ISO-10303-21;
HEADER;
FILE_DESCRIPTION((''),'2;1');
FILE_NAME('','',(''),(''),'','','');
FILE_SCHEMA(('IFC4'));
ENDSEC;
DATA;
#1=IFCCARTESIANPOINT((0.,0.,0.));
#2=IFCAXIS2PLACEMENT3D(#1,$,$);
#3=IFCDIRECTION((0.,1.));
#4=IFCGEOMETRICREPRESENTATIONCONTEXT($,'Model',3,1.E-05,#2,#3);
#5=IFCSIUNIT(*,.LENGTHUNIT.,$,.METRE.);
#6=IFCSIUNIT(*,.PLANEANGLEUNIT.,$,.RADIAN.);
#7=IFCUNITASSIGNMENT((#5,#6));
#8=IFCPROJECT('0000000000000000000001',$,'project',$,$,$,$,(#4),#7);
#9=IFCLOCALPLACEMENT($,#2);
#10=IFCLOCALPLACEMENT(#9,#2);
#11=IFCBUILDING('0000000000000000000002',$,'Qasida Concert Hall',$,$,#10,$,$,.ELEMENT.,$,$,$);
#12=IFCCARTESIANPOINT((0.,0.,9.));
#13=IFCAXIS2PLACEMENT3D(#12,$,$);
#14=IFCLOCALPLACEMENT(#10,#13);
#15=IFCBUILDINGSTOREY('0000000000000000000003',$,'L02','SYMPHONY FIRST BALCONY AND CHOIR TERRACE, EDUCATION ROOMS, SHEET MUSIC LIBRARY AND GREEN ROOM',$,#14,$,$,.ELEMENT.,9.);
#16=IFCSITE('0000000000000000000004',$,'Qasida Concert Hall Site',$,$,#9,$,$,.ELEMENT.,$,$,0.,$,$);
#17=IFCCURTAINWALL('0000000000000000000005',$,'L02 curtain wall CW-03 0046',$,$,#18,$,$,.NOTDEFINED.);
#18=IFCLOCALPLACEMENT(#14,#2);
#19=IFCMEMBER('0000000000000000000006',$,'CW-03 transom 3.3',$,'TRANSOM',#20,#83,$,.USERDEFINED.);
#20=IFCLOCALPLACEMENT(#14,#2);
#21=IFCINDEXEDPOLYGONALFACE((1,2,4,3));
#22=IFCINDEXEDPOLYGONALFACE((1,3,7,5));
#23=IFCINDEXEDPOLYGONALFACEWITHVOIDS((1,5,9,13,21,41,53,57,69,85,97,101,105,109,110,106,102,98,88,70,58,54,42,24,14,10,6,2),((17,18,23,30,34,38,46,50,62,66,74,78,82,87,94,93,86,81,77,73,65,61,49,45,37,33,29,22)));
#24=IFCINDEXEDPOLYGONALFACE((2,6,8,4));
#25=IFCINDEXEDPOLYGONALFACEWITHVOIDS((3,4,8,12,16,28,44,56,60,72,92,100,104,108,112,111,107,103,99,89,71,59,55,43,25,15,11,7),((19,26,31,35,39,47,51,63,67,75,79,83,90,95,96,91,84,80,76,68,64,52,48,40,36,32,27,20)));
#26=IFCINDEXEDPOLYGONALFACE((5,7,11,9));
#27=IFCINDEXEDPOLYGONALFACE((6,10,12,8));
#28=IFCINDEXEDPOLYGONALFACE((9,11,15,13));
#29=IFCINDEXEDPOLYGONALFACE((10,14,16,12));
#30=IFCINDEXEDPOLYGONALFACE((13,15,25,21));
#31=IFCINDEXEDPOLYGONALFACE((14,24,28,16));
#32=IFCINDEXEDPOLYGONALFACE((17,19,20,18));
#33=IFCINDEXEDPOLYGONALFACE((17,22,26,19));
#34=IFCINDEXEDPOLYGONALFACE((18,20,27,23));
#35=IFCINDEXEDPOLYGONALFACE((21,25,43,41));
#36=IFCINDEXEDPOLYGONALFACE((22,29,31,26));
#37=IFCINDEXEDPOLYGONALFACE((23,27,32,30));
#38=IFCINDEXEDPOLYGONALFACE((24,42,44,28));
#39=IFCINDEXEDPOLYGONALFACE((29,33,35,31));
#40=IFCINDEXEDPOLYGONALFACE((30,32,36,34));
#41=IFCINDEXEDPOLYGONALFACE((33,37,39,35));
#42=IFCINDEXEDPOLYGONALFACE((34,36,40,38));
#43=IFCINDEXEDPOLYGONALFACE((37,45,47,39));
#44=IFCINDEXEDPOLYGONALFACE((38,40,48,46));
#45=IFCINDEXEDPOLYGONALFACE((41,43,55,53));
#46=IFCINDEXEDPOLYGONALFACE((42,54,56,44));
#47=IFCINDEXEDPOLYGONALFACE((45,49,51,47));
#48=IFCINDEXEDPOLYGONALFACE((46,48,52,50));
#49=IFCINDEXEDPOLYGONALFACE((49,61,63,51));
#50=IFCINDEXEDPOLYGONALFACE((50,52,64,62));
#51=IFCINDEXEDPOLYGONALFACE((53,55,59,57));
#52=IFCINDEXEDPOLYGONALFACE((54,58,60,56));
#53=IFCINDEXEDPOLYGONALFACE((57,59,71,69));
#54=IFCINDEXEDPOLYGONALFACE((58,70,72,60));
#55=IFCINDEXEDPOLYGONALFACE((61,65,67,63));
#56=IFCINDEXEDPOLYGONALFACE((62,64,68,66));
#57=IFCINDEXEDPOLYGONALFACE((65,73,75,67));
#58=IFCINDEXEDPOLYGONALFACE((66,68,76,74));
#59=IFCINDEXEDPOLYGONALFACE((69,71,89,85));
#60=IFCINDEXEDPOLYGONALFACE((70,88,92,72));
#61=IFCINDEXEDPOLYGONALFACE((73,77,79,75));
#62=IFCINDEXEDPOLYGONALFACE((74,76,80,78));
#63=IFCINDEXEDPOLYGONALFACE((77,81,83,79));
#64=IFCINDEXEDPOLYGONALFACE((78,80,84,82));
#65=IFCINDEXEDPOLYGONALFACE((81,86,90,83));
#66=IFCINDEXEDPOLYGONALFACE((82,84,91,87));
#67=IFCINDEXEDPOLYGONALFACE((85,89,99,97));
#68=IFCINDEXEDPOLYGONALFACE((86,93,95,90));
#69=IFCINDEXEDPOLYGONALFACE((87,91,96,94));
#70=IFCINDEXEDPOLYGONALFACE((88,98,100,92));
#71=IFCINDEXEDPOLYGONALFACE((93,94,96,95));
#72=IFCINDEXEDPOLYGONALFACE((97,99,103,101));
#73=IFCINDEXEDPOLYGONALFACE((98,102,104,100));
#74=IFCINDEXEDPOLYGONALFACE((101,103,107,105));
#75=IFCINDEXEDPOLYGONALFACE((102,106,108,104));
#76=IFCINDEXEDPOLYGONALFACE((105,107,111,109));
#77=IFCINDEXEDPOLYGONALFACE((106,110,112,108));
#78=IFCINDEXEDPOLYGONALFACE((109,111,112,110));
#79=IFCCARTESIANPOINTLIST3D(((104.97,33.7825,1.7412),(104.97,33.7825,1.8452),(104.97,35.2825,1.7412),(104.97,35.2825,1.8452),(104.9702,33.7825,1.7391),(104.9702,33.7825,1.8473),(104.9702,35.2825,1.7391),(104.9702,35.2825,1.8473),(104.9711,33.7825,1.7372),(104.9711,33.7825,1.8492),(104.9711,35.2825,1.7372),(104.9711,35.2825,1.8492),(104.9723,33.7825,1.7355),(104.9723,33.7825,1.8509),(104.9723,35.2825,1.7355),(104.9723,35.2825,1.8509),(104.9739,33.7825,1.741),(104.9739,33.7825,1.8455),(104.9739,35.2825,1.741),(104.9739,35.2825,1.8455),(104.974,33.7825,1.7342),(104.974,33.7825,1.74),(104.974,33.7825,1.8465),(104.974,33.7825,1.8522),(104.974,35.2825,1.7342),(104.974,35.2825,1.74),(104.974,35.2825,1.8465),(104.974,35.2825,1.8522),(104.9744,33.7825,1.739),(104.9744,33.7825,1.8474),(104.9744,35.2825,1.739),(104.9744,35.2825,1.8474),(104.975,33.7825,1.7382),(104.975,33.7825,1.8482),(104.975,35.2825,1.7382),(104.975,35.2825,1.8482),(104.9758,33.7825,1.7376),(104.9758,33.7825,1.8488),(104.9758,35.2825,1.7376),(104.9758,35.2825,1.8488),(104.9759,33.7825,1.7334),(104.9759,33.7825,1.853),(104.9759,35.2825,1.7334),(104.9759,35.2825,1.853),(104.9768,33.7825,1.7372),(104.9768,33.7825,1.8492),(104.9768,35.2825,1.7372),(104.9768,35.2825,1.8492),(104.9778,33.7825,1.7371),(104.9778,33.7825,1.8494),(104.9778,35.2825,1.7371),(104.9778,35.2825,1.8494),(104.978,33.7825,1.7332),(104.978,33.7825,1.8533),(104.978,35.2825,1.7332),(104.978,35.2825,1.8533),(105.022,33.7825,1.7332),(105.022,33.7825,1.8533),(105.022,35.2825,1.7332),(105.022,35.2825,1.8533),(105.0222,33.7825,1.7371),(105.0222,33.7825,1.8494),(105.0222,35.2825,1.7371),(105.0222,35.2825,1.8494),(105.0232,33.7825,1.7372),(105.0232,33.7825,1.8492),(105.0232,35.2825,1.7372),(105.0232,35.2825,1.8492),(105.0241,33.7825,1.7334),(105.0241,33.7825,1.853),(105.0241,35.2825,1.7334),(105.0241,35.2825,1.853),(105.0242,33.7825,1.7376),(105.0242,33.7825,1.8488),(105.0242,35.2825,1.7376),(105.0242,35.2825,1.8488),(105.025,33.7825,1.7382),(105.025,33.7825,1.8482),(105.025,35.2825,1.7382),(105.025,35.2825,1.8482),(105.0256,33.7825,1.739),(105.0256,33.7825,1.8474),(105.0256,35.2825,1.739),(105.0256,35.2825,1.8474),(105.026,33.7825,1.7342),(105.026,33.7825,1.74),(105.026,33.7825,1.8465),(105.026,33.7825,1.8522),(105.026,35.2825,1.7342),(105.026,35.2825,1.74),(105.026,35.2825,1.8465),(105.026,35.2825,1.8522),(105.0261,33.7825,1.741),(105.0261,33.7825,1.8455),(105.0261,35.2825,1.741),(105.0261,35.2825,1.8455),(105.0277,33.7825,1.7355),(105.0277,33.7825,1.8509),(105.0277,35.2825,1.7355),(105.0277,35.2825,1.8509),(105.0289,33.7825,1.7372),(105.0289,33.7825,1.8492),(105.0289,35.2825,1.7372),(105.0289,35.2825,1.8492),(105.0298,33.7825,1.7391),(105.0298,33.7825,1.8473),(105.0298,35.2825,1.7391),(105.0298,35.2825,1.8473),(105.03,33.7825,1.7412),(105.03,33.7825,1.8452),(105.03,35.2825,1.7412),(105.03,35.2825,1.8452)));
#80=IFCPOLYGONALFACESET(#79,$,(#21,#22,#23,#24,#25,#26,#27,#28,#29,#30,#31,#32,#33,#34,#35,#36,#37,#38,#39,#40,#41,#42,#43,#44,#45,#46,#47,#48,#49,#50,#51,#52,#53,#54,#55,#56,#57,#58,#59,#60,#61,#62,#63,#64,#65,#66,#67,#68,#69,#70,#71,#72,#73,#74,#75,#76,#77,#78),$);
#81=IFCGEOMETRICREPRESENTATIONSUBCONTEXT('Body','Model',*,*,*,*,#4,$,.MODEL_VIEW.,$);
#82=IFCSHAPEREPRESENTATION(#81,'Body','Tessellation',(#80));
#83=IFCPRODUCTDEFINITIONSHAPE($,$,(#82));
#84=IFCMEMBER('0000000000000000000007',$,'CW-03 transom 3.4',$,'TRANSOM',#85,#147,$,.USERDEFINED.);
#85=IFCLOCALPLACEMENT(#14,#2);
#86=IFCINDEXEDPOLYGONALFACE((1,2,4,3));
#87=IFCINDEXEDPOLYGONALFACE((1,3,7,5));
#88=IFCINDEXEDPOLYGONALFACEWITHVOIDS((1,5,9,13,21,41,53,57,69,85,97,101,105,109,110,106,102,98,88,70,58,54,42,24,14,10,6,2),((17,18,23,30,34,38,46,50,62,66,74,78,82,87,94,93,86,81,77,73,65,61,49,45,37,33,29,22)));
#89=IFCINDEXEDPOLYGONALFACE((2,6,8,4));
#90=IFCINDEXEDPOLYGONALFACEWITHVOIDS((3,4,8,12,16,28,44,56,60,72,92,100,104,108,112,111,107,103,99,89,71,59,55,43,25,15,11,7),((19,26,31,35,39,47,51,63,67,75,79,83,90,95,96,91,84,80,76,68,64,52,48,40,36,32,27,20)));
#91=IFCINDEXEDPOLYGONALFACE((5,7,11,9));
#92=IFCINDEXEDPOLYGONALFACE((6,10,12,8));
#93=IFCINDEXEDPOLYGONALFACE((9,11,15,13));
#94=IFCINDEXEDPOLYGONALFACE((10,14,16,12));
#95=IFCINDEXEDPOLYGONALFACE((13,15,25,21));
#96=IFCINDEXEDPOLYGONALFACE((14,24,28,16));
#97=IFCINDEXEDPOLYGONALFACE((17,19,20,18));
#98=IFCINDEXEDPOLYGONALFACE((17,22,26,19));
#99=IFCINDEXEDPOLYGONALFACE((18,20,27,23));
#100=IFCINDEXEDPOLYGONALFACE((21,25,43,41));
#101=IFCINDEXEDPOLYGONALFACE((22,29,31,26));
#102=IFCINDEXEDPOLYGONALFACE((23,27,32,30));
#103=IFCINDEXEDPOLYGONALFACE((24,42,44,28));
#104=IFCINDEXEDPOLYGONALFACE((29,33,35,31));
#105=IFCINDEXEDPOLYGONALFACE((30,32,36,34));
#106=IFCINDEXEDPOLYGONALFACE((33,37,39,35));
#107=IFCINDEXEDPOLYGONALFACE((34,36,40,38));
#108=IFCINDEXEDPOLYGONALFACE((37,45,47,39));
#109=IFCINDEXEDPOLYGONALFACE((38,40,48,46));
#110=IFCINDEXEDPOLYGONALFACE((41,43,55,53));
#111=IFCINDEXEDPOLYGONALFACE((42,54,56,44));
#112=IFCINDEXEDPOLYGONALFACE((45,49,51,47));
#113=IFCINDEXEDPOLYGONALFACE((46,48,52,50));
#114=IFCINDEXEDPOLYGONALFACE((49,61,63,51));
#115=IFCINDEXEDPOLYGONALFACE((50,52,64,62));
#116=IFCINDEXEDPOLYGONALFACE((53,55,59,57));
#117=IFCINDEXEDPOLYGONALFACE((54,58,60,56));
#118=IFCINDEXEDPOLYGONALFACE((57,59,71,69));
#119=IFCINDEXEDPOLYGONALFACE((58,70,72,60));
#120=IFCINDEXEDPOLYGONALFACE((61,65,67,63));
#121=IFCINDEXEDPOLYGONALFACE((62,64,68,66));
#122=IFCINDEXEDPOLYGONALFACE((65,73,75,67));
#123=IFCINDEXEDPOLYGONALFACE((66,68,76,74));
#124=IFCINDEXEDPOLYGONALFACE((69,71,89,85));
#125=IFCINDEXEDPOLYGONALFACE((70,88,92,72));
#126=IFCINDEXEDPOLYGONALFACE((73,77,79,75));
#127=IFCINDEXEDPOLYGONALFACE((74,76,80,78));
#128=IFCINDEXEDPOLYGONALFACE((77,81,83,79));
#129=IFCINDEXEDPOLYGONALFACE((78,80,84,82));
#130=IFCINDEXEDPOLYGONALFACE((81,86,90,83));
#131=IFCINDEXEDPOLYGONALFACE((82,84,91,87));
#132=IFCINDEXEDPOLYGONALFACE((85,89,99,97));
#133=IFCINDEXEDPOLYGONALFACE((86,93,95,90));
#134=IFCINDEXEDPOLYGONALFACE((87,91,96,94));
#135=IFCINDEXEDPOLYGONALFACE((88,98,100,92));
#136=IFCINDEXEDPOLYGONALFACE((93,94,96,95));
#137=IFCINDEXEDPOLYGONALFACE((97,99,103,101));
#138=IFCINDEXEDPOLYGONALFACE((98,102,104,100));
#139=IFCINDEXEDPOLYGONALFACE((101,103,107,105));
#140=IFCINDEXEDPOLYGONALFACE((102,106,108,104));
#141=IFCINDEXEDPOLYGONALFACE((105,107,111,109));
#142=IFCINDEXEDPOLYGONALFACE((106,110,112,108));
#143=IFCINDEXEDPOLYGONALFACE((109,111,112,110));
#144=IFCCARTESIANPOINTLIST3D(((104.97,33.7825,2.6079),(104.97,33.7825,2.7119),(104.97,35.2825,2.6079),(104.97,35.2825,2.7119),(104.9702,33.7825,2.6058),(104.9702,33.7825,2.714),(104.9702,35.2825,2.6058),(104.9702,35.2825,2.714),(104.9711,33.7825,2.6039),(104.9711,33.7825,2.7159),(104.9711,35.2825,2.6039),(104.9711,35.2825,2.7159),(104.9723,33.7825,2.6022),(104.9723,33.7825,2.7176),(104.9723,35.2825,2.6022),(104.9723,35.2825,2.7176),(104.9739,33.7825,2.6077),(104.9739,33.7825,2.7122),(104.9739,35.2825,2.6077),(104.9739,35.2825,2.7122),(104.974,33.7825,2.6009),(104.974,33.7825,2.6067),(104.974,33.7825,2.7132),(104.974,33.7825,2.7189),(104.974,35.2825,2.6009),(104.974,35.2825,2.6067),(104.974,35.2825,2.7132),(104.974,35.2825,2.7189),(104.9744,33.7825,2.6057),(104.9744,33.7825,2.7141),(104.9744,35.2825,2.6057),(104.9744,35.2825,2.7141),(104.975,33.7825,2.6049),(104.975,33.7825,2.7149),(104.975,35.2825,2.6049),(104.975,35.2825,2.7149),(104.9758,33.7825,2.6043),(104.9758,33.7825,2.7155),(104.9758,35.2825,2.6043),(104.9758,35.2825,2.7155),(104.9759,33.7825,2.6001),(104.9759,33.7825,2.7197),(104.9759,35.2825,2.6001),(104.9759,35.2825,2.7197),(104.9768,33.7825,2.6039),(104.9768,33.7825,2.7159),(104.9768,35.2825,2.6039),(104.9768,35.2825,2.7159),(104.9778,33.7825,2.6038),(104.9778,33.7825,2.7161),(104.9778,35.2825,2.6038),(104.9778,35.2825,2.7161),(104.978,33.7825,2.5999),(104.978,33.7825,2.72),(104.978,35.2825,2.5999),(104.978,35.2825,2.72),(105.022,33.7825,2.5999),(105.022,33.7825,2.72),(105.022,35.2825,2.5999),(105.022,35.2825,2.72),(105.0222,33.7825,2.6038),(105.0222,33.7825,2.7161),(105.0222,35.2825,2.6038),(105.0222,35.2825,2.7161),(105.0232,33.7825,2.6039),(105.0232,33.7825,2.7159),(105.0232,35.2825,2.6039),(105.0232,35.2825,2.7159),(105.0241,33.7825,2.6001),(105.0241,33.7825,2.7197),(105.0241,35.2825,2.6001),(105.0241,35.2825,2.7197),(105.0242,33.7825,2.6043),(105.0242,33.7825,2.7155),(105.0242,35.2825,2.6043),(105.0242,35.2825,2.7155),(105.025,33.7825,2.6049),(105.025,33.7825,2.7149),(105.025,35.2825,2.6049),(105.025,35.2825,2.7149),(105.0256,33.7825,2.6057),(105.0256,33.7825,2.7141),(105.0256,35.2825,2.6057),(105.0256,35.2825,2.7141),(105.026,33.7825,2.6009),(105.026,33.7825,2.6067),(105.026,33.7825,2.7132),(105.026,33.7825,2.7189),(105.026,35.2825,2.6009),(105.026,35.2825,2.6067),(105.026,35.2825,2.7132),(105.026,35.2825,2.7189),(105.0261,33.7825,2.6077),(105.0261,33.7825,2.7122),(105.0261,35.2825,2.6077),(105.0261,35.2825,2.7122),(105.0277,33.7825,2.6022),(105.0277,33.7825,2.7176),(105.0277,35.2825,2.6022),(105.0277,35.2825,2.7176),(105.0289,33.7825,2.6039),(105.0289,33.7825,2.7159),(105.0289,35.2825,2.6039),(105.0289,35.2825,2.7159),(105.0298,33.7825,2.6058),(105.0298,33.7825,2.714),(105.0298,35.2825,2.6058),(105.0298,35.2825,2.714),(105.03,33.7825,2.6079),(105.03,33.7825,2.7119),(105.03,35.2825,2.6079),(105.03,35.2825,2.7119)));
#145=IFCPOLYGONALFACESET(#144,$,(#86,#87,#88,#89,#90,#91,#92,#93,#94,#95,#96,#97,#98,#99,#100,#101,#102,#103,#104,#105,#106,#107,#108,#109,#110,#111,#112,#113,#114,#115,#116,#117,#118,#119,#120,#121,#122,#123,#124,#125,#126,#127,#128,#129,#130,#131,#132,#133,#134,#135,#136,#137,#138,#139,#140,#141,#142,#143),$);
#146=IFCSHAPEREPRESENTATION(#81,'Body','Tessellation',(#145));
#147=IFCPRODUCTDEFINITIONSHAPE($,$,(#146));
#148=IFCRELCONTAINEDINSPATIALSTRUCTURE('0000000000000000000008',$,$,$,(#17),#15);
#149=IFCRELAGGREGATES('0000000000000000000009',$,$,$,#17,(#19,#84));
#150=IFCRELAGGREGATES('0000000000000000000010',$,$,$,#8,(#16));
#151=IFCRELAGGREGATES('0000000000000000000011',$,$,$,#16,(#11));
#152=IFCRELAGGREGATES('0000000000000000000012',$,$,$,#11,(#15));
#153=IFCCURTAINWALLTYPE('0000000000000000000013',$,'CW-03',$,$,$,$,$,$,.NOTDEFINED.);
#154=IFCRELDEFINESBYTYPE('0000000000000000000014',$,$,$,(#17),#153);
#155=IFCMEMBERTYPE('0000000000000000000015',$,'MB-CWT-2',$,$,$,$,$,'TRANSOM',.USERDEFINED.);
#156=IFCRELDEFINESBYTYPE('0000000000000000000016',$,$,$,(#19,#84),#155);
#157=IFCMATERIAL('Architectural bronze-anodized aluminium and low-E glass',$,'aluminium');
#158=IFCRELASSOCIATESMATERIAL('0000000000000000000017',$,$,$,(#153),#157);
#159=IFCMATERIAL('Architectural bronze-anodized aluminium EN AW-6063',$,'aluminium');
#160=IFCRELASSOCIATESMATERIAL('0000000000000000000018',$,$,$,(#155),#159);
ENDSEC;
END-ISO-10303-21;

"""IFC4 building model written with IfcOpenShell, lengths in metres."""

from ifc_helpers import new_model, si_unit, direction, frame, origin, origin_2d, place, context, subcontext, project, spatial, hollow_rectangle, extrude, material, material_profile, profile_set, type_object, element, aggregate, save


model = new_model("IFC4")

# Units and contexts
model_context = context("Model", 3, precision=1e-05, world=origin(), true_north=direction((0.0, 1.0)))
body_context = subcontext(model_context, "Body", "Model", "MODEL_VIEW")
ifc_project = project(units=[si_unit("LENGTHUNIT", "METRE"), si_unit("PLANEANGLEUNIT", "RADIAN")], contexts=[model_context])

# Site, building, storey
site_placement = place(None, origin())
site = spatial("IfcSite", under=ifc_project, at=site_placement, Name="Qasida Concert Hall Site", CompositionType="ELEMENT", RefElevation=0.0)
building_placement = place(site_placement, origin())
building = spatial("IfcBuilding", under=site, at=building_placement, Name="Qasida Concert Hall", CompositionType="ELEMENT")
storey_placement = place(building_placement, frame((0.0, 0.0, 9.0)))
storey = spatial("IfcBuildingStorey", under=building, at=storey_placement, Name="L02", Description="SYMPHONY FIRST BALCONY AND CHOIR TERRACE, EDUCATION ROOMS, SHEET MUSIC LIBRARY AND GREEN ROOM", CompositionType="ELEMENT", Elevation=9.0)

# Curtain wall, members
ifc_material_1 = material(Name="Architectural bronze-anodized aluminium and low-E glass", Category="aluminium")
curtain_wall_type = type_object("IfcCurtainWallType", Name="CW-03", PredefinedType="NOTDEFINED", material=ifc_material_1)
curtain_wall_placement = place(storey_placement, origin())
curtain_wall = element("IfcCurtainWall", 1, at=curtain_wall_placement, inside=storey, type_object=curtain_wall_type, Name="L02 curtain wall CW-03 0046", PredefinedType="NOTDEFINED")
ifc_material_2 = material(Name="Architectural bronze-anodized aluminium EN AW-6063", Category="aluminium")
ifc_material_profile_1 = material_profile(ifc_material_2, hollow_rectangle(XDim=0.0601, YDim=0.1201, WallThickness=0.0039, InnerFilletRadius=0.0039, OuterFilletRadius=0.0081, at=origin_2d()), Name="CWT 120x60x4")
ifc_profile_set_1 = profile_set([ifc_material_profile_1], Name="Architectural bronze-anodized aluminium EN AW-6063")
member_type_1 = type_object("IfcMemberType", Name="MB-CWT-2", ElementType="TRANSOM", PredefinedType="USERDEFINED", material=ifc_profile_set_1)
member_1_placement = place(storey_placement, frame((105.0, 33.7825, 1.7932), z_axis=(0.0, 1.0, 0.0), x_axis=(-1.0, 0.0, 0.0)))
member_1 = element("IfcMember", 2, at=member_1_placement, type_object=member_type_1, Name="CW-03 transom 3.3", ObjectType="TRANSOM", PredefinedType="USERDEFINED", context=body_context, shape_type="SweptSolid", body=[
    extrude(hollow_rectangle(XDim=0.0601, YDim=0.1201, WallThickness=0.0039, InnerFilletRadius=0.0039, OuterFilletRadius=0.0081, at=origin_2d()), origin(), (0.0, 0.0, 1.0), 1.5),
])
member_2_placement = place(storey_placement, frame((105.0, 33.7825, 2.6599), z_axis=(0.0, 1.0, 0.0), x_axis=(-1.0, 0.0, 0.0)))
member_2 = element("IfcMember", 3, at=member_2_placement, type_object=member_type_1, Name="CW-03 transom 3.4", ObjectType="TRANSOM", PredefinedType="USERDEFINED", context=body_context, shape_type="SweptSolid", body=[
    extrude(hollow_rectangle(XDim=0.0601, YDim=0.1201, WallThickness=0.0039, InnerFilletRadius=0.0039, OuterFilletRadius=0.0081, at=origin_2d()), origin(), (0.0, 0.0, 1.0), 1.5),
])
aggregate(curtain_wall, [member_1, member_2])

save(model, "model.ifc")
